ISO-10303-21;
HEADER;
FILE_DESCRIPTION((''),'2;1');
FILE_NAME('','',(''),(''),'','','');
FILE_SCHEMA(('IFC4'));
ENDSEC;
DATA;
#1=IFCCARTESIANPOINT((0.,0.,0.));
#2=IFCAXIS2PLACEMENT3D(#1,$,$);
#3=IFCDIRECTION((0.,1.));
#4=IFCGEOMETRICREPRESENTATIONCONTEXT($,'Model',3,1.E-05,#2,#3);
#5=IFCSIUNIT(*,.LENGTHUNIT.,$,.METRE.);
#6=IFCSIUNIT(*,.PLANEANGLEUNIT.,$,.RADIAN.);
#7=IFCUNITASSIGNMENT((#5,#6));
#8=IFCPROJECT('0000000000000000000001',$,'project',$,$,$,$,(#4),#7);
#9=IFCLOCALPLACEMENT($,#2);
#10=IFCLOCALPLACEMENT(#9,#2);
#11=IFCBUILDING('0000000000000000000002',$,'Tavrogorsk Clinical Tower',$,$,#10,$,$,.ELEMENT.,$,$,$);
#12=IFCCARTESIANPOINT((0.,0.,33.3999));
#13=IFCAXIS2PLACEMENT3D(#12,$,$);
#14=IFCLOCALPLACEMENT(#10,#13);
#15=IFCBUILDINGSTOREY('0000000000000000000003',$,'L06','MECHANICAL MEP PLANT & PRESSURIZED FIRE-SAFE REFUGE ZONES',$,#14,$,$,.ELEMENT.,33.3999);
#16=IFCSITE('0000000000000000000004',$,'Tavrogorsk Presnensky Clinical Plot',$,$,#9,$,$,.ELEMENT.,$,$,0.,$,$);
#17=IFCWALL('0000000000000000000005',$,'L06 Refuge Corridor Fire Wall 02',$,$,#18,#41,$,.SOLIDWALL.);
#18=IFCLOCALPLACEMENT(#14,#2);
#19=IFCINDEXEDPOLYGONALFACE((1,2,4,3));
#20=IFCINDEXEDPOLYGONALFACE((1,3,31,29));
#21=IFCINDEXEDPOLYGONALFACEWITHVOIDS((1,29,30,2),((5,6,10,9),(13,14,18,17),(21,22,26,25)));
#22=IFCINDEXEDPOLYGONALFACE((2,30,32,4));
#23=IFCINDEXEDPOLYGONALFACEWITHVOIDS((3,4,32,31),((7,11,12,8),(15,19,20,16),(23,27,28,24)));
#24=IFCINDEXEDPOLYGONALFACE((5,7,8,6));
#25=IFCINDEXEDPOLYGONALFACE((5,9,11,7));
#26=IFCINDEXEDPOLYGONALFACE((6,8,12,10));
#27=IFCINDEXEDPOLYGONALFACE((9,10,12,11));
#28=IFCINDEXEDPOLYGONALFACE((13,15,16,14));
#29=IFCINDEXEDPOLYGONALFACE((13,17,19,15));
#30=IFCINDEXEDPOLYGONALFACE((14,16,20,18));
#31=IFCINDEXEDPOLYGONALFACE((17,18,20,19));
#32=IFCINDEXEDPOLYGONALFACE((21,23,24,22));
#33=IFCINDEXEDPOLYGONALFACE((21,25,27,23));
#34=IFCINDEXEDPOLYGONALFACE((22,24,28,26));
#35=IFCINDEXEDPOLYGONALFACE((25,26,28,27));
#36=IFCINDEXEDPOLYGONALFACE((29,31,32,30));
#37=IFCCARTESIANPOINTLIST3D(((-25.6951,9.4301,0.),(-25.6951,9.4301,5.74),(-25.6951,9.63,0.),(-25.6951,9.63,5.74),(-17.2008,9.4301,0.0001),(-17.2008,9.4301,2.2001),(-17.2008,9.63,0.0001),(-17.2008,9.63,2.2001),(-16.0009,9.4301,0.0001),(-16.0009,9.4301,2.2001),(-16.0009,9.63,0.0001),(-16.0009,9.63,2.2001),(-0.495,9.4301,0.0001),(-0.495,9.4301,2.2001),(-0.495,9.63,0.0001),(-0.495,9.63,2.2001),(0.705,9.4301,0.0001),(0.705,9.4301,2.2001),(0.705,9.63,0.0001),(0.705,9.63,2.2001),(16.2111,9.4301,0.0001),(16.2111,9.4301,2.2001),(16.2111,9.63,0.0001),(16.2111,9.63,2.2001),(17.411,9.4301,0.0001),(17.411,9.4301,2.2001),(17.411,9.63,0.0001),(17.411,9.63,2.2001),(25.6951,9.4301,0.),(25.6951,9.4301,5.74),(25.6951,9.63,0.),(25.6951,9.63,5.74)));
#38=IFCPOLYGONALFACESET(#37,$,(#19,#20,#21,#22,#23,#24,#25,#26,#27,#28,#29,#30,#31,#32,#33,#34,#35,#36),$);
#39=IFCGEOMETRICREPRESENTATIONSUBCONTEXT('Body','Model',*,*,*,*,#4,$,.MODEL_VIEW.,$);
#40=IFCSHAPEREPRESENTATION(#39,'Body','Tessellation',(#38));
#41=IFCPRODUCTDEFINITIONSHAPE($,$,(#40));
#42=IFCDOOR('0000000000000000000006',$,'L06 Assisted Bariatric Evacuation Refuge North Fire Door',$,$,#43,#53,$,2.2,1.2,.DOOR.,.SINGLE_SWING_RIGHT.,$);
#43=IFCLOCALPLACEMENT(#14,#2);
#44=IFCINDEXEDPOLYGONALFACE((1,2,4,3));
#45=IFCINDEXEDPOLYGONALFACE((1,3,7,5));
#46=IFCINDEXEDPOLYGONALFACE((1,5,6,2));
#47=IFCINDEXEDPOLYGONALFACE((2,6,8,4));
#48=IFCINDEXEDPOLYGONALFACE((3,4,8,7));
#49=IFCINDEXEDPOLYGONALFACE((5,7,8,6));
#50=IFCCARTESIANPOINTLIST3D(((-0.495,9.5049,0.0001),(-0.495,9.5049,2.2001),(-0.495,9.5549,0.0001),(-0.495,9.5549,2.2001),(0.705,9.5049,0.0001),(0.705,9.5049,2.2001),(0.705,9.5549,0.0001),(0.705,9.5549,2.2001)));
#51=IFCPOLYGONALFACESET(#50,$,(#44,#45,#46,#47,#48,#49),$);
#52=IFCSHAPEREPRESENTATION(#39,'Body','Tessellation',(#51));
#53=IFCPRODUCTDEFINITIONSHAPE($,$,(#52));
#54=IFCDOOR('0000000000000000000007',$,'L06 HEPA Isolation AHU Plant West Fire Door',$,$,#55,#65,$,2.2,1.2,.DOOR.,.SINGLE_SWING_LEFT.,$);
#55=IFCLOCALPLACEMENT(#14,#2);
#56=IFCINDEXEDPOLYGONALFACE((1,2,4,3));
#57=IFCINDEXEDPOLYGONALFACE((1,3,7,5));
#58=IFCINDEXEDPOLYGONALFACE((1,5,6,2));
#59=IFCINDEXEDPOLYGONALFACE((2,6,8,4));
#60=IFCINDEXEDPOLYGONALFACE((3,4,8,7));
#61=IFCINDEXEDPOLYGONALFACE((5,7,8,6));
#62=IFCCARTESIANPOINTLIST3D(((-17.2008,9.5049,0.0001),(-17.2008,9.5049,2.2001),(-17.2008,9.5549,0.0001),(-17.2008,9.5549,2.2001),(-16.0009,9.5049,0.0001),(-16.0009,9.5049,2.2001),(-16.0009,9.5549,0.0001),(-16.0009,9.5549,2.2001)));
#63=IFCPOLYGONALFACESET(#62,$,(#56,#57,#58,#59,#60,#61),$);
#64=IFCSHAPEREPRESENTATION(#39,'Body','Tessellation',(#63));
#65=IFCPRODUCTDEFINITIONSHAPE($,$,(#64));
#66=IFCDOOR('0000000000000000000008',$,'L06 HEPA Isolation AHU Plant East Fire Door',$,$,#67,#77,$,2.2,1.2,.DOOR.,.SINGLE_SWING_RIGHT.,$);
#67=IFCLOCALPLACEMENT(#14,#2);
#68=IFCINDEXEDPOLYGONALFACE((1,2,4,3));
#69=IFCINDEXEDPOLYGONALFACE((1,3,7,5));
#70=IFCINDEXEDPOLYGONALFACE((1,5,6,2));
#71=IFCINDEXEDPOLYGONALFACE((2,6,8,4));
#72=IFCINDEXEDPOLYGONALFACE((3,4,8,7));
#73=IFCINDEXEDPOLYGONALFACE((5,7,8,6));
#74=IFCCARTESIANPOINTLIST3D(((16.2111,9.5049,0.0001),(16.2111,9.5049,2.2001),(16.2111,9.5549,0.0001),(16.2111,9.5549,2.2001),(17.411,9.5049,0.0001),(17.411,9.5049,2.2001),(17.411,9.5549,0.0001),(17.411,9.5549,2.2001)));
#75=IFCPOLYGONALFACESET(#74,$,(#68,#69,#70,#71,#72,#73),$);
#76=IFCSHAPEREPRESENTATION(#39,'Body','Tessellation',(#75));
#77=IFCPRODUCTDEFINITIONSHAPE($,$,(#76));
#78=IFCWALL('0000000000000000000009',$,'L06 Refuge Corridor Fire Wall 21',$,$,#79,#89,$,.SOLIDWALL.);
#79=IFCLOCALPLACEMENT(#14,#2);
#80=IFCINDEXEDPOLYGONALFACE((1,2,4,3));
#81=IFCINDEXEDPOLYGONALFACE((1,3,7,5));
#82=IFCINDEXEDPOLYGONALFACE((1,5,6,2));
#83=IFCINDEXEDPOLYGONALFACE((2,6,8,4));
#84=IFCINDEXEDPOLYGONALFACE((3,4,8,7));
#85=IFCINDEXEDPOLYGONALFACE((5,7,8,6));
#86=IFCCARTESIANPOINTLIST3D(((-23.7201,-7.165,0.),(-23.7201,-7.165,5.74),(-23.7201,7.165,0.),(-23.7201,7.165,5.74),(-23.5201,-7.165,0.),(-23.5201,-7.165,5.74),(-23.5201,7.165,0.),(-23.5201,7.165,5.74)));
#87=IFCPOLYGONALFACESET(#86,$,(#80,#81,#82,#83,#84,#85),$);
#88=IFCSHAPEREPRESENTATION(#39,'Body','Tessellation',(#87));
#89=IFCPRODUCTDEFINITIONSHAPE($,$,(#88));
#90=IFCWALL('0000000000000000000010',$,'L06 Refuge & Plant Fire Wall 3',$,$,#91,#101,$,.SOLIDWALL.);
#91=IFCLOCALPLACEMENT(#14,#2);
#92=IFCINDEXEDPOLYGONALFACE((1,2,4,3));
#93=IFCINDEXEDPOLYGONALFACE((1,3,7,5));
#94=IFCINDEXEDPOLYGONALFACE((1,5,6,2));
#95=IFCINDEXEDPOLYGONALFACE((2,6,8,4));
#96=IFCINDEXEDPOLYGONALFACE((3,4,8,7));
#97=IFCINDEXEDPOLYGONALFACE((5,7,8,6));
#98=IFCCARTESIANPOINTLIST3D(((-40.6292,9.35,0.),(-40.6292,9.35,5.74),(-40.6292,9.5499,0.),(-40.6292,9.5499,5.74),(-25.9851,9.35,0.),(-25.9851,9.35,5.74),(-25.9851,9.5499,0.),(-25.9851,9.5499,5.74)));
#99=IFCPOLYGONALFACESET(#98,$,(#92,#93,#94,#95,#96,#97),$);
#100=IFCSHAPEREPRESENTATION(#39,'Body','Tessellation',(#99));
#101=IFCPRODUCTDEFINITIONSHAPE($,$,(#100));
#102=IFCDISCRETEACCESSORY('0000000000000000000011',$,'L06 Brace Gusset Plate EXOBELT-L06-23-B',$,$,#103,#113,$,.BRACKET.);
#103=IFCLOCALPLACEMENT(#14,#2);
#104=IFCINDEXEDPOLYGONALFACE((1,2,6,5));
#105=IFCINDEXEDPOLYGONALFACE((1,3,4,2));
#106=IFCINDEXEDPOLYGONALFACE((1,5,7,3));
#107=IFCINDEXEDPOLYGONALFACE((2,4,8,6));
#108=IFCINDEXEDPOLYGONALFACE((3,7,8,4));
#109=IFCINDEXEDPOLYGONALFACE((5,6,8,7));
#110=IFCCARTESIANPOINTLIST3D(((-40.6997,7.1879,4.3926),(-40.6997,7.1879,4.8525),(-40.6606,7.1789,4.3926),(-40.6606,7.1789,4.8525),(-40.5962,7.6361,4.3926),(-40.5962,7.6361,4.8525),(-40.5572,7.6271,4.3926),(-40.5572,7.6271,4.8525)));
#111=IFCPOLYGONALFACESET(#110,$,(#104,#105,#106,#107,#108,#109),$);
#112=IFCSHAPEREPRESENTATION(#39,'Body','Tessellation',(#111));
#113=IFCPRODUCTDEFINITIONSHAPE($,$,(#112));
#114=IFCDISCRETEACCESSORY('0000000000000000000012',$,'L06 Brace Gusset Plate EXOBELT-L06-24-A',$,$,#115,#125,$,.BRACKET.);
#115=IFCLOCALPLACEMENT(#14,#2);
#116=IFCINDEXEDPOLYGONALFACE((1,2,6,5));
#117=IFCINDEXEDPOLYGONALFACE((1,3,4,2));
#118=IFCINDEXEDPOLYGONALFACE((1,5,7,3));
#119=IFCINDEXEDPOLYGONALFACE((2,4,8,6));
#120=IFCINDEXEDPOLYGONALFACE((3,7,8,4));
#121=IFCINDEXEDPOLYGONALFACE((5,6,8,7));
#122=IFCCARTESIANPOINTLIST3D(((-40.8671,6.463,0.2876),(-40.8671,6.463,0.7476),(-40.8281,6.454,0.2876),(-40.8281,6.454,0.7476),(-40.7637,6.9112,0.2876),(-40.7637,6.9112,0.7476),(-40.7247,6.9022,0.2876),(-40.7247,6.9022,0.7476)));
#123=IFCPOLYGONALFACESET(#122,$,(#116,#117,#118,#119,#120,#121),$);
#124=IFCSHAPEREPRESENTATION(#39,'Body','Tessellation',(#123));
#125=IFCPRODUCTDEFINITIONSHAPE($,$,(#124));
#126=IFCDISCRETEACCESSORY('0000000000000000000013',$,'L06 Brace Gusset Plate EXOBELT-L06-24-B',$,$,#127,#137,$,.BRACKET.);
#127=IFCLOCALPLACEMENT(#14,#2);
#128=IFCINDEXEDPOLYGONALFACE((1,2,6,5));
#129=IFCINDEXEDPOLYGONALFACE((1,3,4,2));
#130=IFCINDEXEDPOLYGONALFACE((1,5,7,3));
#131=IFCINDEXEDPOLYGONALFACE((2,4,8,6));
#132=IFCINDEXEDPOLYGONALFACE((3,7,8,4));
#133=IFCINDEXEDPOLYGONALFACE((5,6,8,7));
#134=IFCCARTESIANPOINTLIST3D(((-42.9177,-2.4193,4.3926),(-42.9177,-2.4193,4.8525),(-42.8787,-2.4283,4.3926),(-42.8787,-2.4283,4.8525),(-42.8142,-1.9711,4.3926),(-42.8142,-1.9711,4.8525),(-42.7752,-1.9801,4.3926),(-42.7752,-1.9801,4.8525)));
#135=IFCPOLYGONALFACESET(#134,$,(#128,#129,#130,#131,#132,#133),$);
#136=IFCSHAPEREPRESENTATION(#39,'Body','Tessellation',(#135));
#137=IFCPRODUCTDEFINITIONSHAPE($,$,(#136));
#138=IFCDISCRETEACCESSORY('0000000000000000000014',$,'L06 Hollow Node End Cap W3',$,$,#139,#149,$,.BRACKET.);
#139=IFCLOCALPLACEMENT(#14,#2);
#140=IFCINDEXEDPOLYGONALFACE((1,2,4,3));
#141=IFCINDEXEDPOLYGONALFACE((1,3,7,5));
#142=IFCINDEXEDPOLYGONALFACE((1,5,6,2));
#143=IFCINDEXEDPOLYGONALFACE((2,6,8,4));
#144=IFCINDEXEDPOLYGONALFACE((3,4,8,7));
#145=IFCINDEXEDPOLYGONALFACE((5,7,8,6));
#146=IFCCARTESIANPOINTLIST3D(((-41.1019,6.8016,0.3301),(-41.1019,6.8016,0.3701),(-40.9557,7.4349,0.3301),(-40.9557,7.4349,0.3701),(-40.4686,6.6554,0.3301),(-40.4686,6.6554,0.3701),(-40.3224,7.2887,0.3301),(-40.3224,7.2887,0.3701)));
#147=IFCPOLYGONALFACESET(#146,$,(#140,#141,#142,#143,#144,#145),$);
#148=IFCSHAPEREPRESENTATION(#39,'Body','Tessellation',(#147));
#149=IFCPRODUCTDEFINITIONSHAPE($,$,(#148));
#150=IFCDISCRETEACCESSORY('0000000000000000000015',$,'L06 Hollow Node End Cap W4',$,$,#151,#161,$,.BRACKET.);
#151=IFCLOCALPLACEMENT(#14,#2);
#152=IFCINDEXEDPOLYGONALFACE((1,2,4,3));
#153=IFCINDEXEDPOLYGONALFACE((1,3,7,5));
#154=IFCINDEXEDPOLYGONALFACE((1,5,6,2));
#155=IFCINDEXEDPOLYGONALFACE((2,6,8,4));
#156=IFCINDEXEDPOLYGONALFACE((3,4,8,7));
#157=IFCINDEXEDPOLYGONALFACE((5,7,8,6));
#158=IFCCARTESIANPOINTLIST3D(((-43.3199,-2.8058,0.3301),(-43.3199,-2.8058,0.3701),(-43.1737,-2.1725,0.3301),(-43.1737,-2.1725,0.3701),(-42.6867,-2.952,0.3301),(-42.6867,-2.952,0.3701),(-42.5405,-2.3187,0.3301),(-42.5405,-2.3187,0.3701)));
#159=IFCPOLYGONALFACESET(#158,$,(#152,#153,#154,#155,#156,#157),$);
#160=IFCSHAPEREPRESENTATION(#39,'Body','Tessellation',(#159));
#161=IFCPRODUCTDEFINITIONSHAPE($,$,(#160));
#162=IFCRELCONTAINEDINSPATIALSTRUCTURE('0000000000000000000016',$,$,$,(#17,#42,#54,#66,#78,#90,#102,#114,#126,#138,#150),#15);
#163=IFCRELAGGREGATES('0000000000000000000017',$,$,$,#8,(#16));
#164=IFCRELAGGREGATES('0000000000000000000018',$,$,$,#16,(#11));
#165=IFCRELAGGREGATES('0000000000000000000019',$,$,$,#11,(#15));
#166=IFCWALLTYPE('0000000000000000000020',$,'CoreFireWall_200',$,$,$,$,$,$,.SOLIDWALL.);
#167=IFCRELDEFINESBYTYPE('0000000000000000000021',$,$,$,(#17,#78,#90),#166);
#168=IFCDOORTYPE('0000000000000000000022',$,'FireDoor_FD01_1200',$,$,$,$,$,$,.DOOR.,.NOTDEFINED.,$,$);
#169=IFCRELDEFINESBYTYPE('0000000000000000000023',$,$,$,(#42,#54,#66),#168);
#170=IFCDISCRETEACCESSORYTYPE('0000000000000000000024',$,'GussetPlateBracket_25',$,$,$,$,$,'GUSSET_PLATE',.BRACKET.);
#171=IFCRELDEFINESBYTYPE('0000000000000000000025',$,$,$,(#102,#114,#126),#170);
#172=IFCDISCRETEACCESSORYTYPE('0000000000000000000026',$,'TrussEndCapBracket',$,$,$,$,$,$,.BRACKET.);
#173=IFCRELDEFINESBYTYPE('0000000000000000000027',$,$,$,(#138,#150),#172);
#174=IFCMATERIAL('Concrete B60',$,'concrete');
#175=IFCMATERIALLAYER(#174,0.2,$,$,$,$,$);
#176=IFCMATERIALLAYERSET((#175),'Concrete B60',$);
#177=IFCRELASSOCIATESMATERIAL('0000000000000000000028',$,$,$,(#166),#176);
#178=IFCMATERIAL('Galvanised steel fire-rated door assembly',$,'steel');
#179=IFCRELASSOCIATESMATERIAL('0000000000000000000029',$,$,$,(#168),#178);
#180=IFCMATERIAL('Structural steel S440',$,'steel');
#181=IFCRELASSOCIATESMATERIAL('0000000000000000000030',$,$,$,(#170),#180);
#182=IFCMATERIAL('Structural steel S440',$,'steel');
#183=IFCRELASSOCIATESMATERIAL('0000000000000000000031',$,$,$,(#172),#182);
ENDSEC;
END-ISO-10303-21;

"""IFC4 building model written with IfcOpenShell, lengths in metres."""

from ifc_helpers import new_model, si_unit, direction, frame, frame_2d, origin, origin_2d, place, context, subcontext, project, spatial, rectangle, extrude, material, layer, layer_set, type_object, element, fill, save


model = new_model("IFC4")

# Units and contexts
model_context = context("Model", 3, precision=1e-05, world=origin(), true_north=direction((0.0, 1.0)))
body_context = subcontext(model_context, "Body", "Model", "MODEL_VIEW")
ifc_project = project(units=[si_unit("LENGTHUNIT", "METRE"), si_unit("PLANEANGLEUNIT", "RADIAN")], contexts=[model_context])

# Site, building, storey
site_placement = place(None, origin())
site = spatial("IfcSite", under=ifc_project, at=site_placement, Name="Tavrogorsk Presnensky Clinical Plot", CompositionType="ELEMENT", RefElevation=0.0)
building_placement = place(site_placement, origin())
building = spatial("IfcBuilding", under=site, at=building_placement, Name="Tavrogorsk Clinical Tower", CompositionType="ELEMENT")
storey_placement = place(building_placement, frame((0.0, 0.0, 33.3999)))
storey = spatial("IfcBuildingStorey", under=building, at=storey_placement, Name="L06", Description="MECHANICAL MEP PLANT & PRESSURIZED FIRE-SAFE REFUGE ZONES", CompositionType="ELEMENT", Elevation=33.3999)

# Wall, openings, doors
ifc_material_1 = material(Name="Concrete B60", Category="concrete")
ifc_layer = layer(ifc_material_1, 0.2)
ifc_layer_set = layer_set([ifc_layer], Name="Concrete B60")
wall_type = type_object("IfcWallType", Name="CoreFireWall_200", PredefinedType="SOLIDWALL", material=ifc_layer_set)
wall_1_placement = place(storey_placement, frame((-25.6951, 9.53, 0.0), z_axis=(0.0, 0.0, 1.0), x_axis=(1.0, 0.0, 0.0)))
wall_1 = element("IfcWall", 1, at=wall_1_placement, inside=storey, type_object=wall_type, Name="L06 Refuge Corridor Fire Wall 02", PredefinedType="SOLIDWALL", context=body_context, shape_type="SweptSolid", body=[
    extrude(rectangle(XDim=51.3901, YDim=0.2, at=frame_2d((25.6951, 0.0))), origin(), (0.0, 0.0, 1.0), 5.74),
])
opening_1_placement = place(wall_1_placement, frame((25.2, 0.0, 0.0)))
opening_1 = element("IfcOpeningElement", 2, at=opening_1_placement, cuts=wall_1, PredefinedType="OPENING", context=body_context, shape_type="SweptSolid", body=[
    extrude(rectangle(XDim=1.2, YDim=2.2, at=frame_2d((0.6001, 1.1001))), frame((0.0, 0.1099, 0.0), z_axis=(0.0, -1.0, 0.0), x_axis=(1.0, 0.0, 0.0)), (0.0, 0.0, 1.0), 0.22),
])
opening_2_placement = place(wall_1_placement, frame((8.4941, 0.0, 0.0)))
opening_2 = element("IfcOpeningElement", 3, at=opening_2_placement, cuts=wall_1, PredefinedType="OPENING", context=body_context, shape_type="SweptSolid", body=[
    extrude(rectangle(XDim=1.2, YDim=2.2, at=frame_2d((0.6001, 1.1001))), frame((0.0, 0.1099, 0.0), z_axis=(0.0, -1.0, 0.0), x_axis=(1.0, 0.0, 0.0)), (0.0, 0.0, 1.0), 0.22),
])
opening_3_placement = place(wall_1_placement, frame((41.906, 0.0, 0.0)))
opening_3 = element("IfcOpeningElement", 4, at=opening_3_placement, cuts=wall_1, PredefinedType="OPENING", context=body_context, shape_type="SweptSolid", body=[
    extrude(rectangle(XDim=1.2, YDim=2.2, at=frame_2d((0.6001, 1.1001))), frame((0.0, 0.1099, 0.0), z_axis=(0.0, -1.0, 0.0), x_axis=(1.0, 0.0, 0.0)), (0.0, 0.0, 1.0), 0.22),
])
ifc_material_2 = material(Name="Galvanised steel fire-rated door assembly", Category="steel")
door_type = type_object("IfcDoorType", Name="FireDoor_FD01_1200", OperationType="NOTDEFINED", PredefinedType="DOOR", material=ifc_material_2)
door_1_placement = place(opening_1_placement, origin())
door_1 = element("IfcDoor", 5, at=door_1_placement, inside=storey, type_object=door_type, Name="L06 Assisted Bariatric Evacuation Refuge North Fire Door", OperationType="SINGLE_SWING_RIGHT", OverallHeight=2.2, OverallWidth=1.2, PredefinedType="DOOR", context=body_context, shape_type="SweptSolid", body=[
    extrude(rectangle(XDim=1.2, YDim=2.2, at=frame_2d((0.6001, 1.1001))), frame((0.0, 0.0249, 0.0), z_axis=(0.0, -1.0, 0.0), x_axis=(1.0, 0.0, 0.0)), (0.0, 0.0, 1.0), 0.05),
])
fill(opening_1, door_1)
door_2_placement = place(opening_2_placement, origin())
door_2 = element("IfcDoor", 6, at=door_2_placement, inside=storey, type_object=door_type, Name="L06 HEPA Isolation AHU Plant West Fire Door", OperationType="SINGLE_SWING_LEFT", OverallHeight=2.2, OverallWidth=1.2, PredefinedType="DOOR", context=body_context, shape_type="SweptSolid", body=[
    extrude(rectangle(XDim=1.2, YDim=2.2, at=frame_2d((0.6001, 1.1001))), frame((0.0, 0.0249, 0.0), z_axis=(0.0, -1.0, 0.0), x_axis=(1.0, 0.0, 0.0)), (0.0, 0.0, 1.0), 0.05),
])
fill(opening_2, door_2)
door_3_placement = place(opening_3_placement, origin())
door_3 = element("IfcDoor", 7, at=door_3_placement, inside=storey, type_object=door_type, Name="L06 HEPA Isolation AHU Plant East Fire Door", OperationType="SINGLE_SWING_RIGHT", OverallHeight=2.2, OverallWidth=1.2, PredefinedType="DOOR", context=body_context, shape_type="SweptSolid", body=[
    extrude(rectangle(XDim=1.2, YDim=2.2, at=frame_2d((0.6001, 1.1001))), frame((0.0, 0.0249, 0.0), z_axis=(0.0, -1.0, 0.0), x_axis=(1.0, 0.0, 0.0)), (0.0, 0.0, 1.0), 0.05),
])
fill(opening_3, door_3)

# Walls
wall_2_placement = place(storey_placement, frame((-23.6201, 7.165, 0.0), z_axis=(0.0, 0.0, 1.0), x_axis=(0.0, -1.0, 0.0)))
element("IfcWall", 8, at=wall_2_placement, inside=storey, type_object=wall_type, Name="L06 Refuge Corridor Fire Wall 21", PredefinedType="SOLIDWALL", context=body_context, shape_type="SweptSolid", body=[
    extrude(rectangle(XDim=14.3301, YDim=0.2, at=frame_2d((7.165, 0.0))), origin(), (0.0, 0.0, 1.0), 5.74),
])
wall_3_placement = place(storey_placement, frame((-40.6292, 9.45, 0.0), z_axis=(0.0, 0.0, 1.0), x_axis=(1.0, 0.0, 0.0)))
element("IfcWall", 9, at=wall_3_placement, inside=storey, type_object=wall_type, Name="L06 Refuge & Plant Fire Wall 3", PredefinedType="SOLIDWALL", context=body_context, shape_type="SweptSolid", body=[
    extrude(rectangle(XDim=14.644, YDim=0.2, at=frame_2d((7.322, 0.0))), origin(), (0.0, 0.0, 1.0), 5.74),
])

# Discrete accessories
ifc_material_3 = material(Name="Structural steel S440", Category="steel")
discrete_accessory_type_1 = type_object("IfcDiscreteAccessoryType", Name="GussetPlateBracket_25", ElementType="GUSSET_PLATE", PredefinedType="BRACKET", material=ifc_material_3)
for number, where, z_axis, x_axis, name in (
    (10, (-40.6284, 7.4075, 4.3926), (0.0, 0.0, 1.0), (-0.224951, -0.97437, 0.0), "L06 Brace Gusset Plate EXOBELT-L06-23-B"),
    (11, (-40.7959, 6.6826, 0.2876), (0.0, 0.0, 1.0), (-0.224951, -0.97437, 0.0), "L06 Brace Gusset Plate EXOBELT-L06-24-A"),
    (12, (-42.8464, -2.1997, 4.3926), (0.0, 0.0, 1.0), (-0.224951, -0.97437, 0.0), "L06 Brace Gusset Plate EXOBELT-L06-24-B"),
):
    element("IfcDiscreteAccessory", number, at=place(storey_placement, frame(where, z_axis=z_axis, x_axis=x_axis)), inside=storey, type_object=discrete_accessory_type_1, Name=name, PredefinedType="BRACKET", context=body_context, shape_type="SweptSolid", body=[
        extrude(rectangle(XDim=0.46, YDim=0.04, at=origin_2d()), origin(), (0.0, 0.0, 1.0), 0.46),
    ])
ifc_material_4 = material(Name="Structural steel S440", Category="steel")
discrete_accessory_type_2 = type_object("IfcDiscreteAccessoryType", Name="TrussEndCapBracket", PredefinedType="BRACKET", material=ifc_material_4)
for number, where, z_axis, x_axis, name in (
    (13, (-40.7122, 7.0452, 0.3301), (0.0, 0.0, 1.0), (0.97437, -0.224951, 0.0), "L06 Hollow Node End Cap W3"),
    (14, (-42.9302, -2.5623, 0.3301), (0.0, 0.0, 1.0), (0.97437, -0.224951, 0.0), "L06 Hollow Node End Cap W4"),
):
    element("IfcDiscreteAccessory", number, at=place(storey_placement, frame(where, z_axis=z_axis, x_axis=x_axis)), inside=storey, type_object=discrete_accessory_type_2, Name=name, PredefinedType="BRACKET", context=body_context, shape_type="SweptSolid", body=[
        extrude(rectangle(XDim=0.6499, YDim=0.6499, at=origin_2d()), origin(), (0.0, 0.0, 1.0), 0.04),
    ])

save(model, "model.ifc")
